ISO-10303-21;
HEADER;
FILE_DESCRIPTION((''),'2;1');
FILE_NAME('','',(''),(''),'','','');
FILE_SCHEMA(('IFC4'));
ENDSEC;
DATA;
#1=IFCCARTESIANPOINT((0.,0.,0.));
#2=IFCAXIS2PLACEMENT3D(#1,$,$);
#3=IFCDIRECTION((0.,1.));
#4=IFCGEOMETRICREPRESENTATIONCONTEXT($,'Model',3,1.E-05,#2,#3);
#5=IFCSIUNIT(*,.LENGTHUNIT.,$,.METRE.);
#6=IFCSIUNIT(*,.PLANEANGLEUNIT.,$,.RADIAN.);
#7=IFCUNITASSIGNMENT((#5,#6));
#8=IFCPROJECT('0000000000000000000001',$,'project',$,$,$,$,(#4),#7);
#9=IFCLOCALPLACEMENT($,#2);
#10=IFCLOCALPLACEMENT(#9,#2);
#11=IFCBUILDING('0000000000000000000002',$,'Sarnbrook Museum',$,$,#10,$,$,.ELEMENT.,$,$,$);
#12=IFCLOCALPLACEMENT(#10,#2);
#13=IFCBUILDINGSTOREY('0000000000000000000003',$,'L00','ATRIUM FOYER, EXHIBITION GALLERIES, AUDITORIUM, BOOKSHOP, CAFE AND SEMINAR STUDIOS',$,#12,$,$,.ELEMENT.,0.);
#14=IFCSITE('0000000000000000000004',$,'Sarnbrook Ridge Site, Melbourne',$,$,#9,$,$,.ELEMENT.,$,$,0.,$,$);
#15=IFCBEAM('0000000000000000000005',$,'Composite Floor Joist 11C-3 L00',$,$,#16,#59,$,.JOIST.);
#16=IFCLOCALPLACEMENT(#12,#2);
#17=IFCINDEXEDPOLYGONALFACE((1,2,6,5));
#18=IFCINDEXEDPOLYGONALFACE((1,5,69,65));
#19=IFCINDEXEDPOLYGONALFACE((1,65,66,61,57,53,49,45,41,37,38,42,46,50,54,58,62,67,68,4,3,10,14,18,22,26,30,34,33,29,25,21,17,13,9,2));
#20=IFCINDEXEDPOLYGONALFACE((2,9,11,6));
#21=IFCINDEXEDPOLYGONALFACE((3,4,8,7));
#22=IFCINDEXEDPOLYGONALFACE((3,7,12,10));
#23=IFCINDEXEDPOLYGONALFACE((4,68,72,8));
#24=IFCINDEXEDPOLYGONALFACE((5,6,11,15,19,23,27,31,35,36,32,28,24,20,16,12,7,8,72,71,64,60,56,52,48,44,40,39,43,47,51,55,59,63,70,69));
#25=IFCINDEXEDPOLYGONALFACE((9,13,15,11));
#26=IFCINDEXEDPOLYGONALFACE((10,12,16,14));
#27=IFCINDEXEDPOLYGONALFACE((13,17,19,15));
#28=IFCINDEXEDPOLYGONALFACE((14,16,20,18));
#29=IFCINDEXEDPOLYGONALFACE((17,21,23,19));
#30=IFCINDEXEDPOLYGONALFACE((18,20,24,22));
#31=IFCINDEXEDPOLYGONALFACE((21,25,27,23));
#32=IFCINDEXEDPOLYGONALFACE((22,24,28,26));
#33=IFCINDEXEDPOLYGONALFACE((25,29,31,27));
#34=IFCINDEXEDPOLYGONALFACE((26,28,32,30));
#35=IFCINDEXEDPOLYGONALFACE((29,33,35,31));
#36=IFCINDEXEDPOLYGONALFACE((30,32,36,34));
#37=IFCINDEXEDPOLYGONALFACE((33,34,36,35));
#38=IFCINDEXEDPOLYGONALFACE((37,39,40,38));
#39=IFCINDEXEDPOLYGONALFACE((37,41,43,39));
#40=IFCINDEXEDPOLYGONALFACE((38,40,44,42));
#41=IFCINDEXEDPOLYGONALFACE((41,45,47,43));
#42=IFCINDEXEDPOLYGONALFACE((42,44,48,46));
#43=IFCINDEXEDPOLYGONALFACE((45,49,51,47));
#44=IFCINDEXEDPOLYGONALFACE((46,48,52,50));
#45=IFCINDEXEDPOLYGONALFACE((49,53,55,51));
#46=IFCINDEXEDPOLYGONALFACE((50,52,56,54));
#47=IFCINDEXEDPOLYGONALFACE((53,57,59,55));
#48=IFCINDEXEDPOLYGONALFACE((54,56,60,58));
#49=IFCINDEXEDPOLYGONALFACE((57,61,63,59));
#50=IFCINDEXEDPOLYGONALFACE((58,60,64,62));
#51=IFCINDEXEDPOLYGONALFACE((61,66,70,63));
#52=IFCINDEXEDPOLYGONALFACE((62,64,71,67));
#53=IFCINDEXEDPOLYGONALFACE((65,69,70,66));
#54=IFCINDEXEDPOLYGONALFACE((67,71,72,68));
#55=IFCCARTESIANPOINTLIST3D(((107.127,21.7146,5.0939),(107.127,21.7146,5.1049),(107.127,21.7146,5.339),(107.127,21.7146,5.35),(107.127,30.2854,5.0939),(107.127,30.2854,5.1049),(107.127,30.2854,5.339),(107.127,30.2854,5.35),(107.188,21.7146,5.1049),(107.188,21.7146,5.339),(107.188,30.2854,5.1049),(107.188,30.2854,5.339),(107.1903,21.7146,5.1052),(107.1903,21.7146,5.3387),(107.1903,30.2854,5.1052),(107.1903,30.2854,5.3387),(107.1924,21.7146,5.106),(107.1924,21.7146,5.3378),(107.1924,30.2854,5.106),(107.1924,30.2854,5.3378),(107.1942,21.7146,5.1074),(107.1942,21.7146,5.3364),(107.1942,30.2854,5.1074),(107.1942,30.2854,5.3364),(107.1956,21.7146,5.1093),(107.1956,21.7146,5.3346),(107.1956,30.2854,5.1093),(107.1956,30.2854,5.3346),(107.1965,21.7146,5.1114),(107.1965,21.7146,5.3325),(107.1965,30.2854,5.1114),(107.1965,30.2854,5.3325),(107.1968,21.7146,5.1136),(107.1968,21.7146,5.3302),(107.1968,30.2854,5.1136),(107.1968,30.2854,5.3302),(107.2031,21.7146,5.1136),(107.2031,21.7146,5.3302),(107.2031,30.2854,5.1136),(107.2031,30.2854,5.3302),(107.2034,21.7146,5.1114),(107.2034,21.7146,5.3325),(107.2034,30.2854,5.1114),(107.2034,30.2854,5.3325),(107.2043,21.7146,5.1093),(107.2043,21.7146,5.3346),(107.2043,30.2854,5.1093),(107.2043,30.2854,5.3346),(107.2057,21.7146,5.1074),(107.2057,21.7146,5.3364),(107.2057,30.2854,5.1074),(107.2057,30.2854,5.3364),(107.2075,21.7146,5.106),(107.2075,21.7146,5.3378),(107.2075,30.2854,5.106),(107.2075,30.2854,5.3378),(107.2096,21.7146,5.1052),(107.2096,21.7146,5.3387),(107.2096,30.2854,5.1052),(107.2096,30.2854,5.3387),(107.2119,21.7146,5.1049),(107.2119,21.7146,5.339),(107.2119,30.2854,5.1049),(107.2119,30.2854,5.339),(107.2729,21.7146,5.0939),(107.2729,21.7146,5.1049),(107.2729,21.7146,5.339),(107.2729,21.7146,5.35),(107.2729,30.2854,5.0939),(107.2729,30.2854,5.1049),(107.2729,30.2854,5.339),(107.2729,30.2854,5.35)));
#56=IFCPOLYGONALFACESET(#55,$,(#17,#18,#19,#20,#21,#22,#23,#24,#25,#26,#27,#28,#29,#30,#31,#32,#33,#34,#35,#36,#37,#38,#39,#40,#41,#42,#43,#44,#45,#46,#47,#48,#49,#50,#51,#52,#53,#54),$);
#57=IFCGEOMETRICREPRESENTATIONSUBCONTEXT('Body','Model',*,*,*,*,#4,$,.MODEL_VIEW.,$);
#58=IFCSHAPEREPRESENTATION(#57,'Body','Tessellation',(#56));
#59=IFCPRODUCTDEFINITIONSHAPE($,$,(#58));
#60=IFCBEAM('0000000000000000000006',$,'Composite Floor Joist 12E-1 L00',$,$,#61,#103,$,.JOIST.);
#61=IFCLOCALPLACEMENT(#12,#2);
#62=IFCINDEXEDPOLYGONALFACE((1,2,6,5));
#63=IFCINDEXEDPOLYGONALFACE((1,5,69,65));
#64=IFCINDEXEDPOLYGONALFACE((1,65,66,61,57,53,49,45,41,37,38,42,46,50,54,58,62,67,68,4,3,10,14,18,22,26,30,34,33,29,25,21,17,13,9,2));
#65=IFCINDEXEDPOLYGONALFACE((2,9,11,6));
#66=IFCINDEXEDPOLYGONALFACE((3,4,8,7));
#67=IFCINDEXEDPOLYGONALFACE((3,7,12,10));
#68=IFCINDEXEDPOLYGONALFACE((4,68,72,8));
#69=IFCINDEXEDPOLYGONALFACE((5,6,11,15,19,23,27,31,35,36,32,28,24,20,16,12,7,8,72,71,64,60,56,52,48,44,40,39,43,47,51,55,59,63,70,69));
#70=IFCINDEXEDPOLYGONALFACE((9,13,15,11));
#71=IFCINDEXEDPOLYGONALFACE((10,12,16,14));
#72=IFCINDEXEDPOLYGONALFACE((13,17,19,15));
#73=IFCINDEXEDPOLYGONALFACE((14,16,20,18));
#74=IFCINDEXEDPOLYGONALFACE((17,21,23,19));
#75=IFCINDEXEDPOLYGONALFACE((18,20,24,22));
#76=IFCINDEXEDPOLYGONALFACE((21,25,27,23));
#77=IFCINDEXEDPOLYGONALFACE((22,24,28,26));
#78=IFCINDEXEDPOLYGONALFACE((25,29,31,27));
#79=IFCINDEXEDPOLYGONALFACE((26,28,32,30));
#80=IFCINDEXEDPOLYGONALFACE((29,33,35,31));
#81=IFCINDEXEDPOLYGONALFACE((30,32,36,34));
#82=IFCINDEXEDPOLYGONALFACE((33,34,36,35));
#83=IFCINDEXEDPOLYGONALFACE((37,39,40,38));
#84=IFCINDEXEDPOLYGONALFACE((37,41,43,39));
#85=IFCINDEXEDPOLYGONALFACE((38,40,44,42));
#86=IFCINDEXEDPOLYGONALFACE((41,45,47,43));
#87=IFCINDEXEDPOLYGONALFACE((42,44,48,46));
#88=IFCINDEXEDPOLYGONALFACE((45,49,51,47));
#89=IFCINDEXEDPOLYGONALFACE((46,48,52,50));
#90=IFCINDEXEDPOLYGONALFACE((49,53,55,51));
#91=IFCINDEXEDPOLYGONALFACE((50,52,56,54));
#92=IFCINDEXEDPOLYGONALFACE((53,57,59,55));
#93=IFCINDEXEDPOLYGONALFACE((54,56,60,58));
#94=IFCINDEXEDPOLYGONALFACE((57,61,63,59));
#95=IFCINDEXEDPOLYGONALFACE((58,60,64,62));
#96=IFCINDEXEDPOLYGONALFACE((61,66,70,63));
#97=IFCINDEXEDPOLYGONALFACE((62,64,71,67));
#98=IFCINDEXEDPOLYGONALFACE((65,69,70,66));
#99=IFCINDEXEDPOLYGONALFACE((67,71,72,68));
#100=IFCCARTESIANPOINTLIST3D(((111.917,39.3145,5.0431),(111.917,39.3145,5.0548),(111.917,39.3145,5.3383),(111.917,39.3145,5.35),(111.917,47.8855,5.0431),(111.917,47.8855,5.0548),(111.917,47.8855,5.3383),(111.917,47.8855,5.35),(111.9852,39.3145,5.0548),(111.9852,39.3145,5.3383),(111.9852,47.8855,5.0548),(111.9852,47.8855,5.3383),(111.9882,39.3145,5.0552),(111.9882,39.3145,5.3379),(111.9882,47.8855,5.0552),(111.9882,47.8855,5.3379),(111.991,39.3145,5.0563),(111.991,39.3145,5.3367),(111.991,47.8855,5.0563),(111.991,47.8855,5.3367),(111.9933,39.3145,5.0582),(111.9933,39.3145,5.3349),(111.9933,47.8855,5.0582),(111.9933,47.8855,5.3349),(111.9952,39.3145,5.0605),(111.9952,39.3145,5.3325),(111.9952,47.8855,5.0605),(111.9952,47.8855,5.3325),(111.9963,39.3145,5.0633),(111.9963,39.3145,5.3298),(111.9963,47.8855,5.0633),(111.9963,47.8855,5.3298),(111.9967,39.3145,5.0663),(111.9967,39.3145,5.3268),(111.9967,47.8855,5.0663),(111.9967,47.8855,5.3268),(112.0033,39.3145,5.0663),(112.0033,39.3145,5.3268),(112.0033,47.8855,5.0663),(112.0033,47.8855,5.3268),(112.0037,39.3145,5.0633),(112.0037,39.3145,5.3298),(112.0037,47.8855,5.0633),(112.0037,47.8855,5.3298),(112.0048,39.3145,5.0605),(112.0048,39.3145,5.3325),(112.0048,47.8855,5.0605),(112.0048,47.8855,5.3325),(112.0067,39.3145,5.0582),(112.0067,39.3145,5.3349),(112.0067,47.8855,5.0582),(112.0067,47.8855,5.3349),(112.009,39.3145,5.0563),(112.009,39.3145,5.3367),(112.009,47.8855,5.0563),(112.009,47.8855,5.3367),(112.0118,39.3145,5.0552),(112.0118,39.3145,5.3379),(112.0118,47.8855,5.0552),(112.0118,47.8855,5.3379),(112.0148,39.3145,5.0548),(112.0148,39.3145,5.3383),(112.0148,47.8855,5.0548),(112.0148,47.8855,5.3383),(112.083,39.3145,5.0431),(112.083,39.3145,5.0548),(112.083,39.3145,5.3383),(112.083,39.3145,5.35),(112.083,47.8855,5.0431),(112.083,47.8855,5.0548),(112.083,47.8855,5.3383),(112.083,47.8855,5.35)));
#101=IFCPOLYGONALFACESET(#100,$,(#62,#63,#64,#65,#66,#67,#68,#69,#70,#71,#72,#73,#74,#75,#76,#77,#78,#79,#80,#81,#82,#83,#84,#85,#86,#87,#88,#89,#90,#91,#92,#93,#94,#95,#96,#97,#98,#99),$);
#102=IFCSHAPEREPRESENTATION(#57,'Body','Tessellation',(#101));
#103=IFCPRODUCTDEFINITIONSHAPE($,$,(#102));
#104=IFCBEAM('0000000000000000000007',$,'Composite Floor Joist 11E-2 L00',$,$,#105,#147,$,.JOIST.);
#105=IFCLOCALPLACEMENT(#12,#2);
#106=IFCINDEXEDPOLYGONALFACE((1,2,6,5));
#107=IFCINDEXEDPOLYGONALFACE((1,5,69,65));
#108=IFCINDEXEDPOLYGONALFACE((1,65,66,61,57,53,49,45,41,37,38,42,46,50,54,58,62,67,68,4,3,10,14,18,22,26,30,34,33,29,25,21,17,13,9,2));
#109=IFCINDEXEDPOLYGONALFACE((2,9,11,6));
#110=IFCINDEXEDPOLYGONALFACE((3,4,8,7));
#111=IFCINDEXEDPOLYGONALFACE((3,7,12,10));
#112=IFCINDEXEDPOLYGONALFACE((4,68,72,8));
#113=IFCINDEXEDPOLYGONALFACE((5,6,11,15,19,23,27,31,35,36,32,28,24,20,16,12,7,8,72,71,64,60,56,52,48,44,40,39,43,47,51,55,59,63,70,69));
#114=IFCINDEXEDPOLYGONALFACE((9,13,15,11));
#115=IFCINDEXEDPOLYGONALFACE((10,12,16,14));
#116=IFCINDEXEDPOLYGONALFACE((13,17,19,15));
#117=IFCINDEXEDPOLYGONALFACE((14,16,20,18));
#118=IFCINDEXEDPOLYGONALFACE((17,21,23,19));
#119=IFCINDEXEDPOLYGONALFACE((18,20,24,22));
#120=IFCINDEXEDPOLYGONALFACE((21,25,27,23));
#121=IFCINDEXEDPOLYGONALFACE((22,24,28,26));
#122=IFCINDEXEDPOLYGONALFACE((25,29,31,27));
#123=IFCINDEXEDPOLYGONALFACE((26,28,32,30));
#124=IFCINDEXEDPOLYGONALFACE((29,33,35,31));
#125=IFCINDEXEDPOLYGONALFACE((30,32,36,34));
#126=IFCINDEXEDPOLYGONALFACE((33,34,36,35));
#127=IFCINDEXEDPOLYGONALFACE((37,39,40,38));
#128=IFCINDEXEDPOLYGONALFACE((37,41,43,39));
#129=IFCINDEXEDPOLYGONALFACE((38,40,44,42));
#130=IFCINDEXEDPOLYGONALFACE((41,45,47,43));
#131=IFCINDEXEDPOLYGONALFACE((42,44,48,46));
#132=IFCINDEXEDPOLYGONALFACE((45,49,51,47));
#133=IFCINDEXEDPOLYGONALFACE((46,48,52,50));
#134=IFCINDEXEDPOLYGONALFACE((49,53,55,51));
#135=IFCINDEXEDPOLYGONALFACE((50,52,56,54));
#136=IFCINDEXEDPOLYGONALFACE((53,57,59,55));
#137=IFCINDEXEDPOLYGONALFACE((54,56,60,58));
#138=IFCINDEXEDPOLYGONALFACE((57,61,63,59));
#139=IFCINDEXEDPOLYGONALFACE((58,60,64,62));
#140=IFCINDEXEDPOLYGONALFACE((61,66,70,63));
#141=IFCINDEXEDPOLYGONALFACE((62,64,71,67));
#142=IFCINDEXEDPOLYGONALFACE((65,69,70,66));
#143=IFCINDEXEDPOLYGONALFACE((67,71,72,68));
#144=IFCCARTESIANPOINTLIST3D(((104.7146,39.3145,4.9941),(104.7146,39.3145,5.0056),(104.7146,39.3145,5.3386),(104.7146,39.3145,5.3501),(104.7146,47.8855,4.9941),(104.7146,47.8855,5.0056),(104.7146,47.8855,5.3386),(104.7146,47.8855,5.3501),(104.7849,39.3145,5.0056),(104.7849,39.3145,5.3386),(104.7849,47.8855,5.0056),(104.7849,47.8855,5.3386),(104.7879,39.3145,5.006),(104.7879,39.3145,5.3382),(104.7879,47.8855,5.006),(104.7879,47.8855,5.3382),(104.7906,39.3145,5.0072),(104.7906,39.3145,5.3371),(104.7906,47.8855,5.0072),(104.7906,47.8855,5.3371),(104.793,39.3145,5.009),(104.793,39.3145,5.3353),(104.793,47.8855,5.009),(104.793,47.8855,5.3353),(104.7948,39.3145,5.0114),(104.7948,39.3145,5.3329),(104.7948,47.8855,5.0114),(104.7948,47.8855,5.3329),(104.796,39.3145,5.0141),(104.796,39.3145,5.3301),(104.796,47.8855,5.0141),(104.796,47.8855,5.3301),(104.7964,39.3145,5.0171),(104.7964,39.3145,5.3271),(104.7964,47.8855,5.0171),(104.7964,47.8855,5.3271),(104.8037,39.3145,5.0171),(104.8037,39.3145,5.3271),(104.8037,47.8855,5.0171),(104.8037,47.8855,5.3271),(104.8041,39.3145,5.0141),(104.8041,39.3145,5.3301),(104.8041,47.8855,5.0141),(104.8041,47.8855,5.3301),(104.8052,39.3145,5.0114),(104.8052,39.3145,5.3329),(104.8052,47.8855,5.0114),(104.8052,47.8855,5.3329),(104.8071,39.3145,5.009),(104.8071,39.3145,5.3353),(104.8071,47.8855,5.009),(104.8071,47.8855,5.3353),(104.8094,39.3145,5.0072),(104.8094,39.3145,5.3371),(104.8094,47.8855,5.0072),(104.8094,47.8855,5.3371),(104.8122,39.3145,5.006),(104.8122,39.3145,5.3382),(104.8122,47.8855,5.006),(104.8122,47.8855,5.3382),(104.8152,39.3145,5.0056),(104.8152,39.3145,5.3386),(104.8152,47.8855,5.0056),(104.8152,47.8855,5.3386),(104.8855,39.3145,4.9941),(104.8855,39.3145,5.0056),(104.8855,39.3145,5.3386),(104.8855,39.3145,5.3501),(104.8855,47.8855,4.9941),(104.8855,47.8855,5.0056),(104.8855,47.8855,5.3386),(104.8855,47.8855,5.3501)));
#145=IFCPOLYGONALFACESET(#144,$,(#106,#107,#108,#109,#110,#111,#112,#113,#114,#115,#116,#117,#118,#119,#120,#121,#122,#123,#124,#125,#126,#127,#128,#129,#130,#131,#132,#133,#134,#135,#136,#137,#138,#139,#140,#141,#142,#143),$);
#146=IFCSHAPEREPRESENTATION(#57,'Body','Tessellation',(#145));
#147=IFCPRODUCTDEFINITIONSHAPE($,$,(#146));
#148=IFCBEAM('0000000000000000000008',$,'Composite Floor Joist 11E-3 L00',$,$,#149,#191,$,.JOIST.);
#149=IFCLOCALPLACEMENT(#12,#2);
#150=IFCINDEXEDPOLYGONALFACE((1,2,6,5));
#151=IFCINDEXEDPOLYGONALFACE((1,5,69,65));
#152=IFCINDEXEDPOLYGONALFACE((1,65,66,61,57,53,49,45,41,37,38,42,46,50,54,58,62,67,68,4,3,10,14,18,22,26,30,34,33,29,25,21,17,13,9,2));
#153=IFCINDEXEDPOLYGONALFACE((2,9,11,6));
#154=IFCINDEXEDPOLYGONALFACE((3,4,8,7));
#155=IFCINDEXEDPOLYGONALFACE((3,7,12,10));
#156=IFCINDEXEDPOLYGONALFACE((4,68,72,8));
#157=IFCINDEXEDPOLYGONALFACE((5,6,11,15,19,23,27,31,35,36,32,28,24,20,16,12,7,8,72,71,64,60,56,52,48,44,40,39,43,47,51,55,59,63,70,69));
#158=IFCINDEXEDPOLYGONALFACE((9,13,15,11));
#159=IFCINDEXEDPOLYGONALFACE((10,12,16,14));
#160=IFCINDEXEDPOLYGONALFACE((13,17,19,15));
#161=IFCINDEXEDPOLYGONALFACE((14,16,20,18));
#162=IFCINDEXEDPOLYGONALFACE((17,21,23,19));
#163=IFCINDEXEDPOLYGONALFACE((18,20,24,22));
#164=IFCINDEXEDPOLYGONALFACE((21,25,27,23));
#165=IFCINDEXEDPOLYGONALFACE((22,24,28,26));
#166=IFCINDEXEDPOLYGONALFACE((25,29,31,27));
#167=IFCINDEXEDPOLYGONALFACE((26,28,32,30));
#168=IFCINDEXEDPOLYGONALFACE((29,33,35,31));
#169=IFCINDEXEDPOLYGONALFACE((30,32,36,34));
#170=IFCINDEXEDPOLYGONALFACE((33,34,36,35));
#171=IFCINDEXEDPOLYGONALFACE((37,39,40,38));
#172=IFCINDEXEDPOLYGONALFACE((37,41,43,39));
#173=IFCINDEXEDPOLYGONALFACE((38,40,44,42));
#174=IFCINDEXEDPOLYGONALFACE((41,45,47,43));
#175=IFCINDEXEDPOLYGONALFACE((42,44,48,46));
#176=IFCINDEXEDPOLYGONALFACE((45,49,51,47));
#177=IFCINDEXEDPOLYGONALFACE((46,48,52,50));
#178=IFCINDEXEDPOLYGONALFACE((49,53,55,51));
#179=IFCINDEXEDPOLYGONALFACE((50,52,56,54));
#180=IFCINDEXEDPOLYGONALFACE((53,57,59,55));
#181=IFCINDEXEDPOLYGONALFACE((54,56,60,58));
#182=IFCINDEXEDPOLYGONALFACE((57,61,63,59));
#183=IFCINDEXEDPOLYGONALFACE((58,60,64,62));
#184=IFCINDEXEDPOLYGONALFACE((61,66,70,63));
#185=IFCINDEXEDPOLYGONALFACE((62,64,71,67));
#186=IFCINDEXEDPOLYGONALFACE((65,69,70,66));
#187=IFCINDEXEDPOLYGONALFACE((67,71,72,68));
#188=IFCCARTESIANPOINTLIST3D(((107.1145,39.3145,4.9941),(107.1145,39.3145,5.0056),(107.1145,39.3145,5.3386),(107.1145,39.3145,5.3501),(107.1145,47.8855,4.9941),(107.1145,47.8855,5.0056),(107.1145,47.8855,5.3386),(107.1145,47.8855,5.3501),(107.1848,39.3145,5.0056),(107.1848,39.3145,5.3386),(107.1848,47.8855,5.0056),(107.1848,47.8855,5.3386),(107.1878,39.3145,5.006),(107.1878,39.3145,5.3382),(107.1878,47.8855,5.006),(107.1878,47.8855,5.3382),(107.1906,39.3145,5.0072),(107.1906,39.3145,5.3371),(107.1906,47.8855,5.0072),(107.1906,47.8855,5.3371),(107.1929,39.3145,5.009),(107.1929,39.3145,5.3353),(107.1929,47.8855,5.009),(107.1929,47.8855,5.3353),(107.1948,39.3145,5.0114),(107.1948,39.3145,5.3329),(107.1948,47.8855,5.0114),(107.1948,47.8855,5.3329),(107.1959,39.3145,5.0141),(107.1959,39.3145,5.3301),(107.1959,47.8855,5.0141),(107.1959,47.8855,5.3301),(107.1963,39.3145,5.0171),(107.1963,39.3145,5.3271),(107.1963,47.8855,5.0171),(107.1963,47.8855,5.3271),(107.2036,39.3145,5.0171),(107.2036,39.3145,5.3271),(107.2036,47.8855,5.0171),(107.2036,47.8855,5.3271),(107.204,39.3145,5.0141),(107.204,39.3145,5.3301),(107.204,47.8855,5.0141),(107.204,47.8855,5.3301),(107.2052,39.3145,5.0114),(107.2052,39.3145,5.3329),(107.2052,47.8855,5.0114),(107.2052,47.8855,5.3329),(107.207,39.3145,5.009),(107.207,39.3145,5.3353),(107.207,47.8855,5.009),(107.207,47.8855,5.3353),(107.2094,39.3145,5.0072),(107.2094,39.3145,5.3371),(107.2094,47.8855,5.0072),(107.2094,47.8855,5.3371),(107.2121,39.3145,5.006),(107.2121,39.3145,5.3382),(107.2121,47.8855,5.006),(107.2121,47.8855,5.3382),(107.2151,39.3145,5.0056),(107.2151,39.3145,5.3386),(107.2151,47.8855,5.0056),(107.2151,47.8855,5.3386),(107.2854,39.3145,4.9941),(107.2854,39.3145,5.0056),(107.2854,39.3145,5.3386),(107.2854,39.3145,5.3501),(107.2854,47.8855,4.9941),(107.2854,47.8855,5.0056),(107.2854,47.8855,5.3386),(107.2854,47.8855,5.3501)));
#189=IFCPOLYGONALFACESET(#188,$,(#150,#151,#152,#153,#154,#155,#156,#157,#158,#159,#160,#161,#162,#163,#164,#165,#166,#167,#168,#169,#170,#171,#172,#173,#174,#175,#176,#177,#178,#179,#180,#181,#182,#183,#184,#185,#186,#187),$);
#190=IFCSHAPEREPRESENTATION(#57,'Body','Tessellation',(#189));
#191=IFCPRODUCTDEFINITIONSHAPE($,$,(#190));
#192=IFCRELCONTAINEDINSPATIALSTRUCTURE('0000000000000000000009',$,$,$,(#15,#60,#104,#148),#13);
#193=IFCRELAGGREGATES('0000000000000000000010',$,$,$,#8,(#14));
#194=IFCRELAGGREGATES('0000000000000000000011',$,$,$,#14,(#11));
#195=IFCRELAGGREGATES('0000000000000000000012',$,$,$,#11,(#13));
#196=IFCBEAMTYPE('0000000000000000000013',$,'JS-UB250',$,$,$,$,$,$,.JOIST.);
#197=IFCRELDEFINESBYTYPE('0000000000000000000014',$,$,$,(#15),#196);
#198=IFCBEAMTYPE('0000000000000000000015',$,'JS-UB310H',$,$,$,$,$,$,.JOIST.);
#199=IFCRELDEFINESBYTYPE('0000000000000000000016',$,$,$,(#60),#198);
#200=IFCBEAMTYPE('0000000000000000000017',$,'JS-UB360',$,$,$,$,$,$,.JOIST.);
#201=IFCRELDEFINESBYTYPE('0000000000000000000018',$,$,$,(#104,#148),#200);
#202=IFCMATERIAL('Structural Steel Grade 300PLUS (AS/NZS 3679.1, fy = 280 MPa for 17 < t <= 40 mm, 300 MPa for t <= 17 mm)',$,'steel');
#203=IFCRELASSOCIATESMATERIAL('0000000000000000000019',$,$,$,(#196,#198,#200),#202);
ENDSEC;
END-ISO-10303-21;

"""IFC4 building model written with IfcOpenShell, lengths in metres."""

from ifc_helpers import new_model, si_unit, direction, frame, origin, origin_2d, place, context, subcontext, project, spatial, i_section, extrude, material, material_profile, profile_set, type_object, element, save


model = new_model("IFC4")

# Units and contexts
model_context = context("Model", 3, precision=1e-05, world=origin(), true_north=direction((0.0, 1.0)))
body_context = subcontext(model_context, "Body", "Model", "MODEL_VIEW")
ifc_project = project(units=[si_unit("LENGTHUNIT", "METRE"), si_unit("PLANEANGLEUNIT", "RADIAN")], contexts=[model_context])

# Site, building, storey
site_placement = place(None, origin())
site = spatial("IfcSite", under=ifc_project, at=site_placement, Name="Sarnbrook Ridge Site, Melbourne", CompositionType="ELEMENT", RefElevation=0.0)
building_placement = place(site_placement, origin())
building = spatial("IfcBuilding", under=site, at=building_placement, Name="Sarnbrook Museum", CompositionType="ELEMENT")
storey_placement = place(building_placement, origin())
storey = spatial("IfcBuildingStorey", under=building, at=storey_placement, Name="L00", Description="ATRIUM FOYER, EXHIBITION GALLERIES, AUDITORIUM, BOOKSHOP, CAFE AND SEMINAR STUDIOS", CompositionType="ELEMENT", Elevation=0.0)

# Shared definitions
ifc_material_1 = material(Name="Structural Steel Grade 300PLUS (AS/NZS 3679.1, fy = 280 MPa for 17 < t <= 40 mm, 300 MPa for t <= 17 mm)", Category="steel")

# Beams
ifc_material_profile_1 = material_profile(ifc_material_1, i_section(OverallWidth=0.146, OverallDepth=0.2561, WebThickness=0.0063, FlangeThickness=0.011, FilletRadius=0.0088, at=origin_2d()), Name="250UB37.3")
ifc_profile_set_1 = profile_set([ifc_material_profile_1], Name="Structural Steel Grade 300PLUS (AS/NZS 3679.1, fy = 280 MPa for 17 < t <= 40 mm, 300 MPa for t <= 17 mm)")
beam_type_1 = type_object("IfcBeamType", Name="JS-UB250", PredefinedType="JOIST", material=ifc_profile_set_1)
beam_1_placement = place(storey_placement, frame((107.2, 21.7146, 5.2219), z_axis=(0.0, 1.0, 0.0), x_axis=(-1.0, 0.0, 0.0)))
element("IfcBeam", 1, at=beam_1_placement, inside=storey, type_object=beam_type_1, Name="Composite Floor Joist 11C-3 L00", PredefinedType="JOIST", context=body_context, shape_type="SweptSolid", body=[
    extrude(i_section(OverallWidth=0.146, OverallDepth=0.2561, WebThickness=0.0063, FlangeThickness=0.011, FilletRadius=0.0088, at=origin_2d()), origin(), (0.0, 0.0, 1.0), 8.5708),
])
ifc_material_profile_2 = material_profile(ifc_material_1, i_section(OverallWidth=0.166, OverallDepth=0.3069, WebThickness=0.0066, FlangeThickness=0.0117, FilletRadius=0.0115, at=origin_2d()), Name="310UB46.2")
ifc_profile_set_2 = profile_set([ifc_material_profile_2], Name="Structural Steel Grade 300PLUS (AS/NZS 3679.1, fy = 280 MPa for 17 < t <= 40 mm, 300 MPa for t <= 17 mm)")
beam_type_2 = type_object("IfcBeamType", Name="JS-UB310H", PredefinedType="JOIST", material=ifc_profile_set_2)
beam_2_placement = place(storey_placement, frame((112.0, 39.3145, 5.1965), z_axis=(0.0, 1.0, 0.0), x_axis=(-1.0, 0.0, 0.0)))
element("IfcBeam", 2, at=beam_2_placement, inside=storey, type_object=beam_type_2, Name="Composite Floor Joist 12E-1 L00", PredefinedType="JOIST", context=body_context, shape_type="SweptSolid", body=[
    extrude(i_section(OverallWidth=0.166, OverallDepth=0.3069, WebThickness=0.0066, FlangeThickness=0.0117, FilletRadius=0.0115, at=origin_2d()), origin(), (0.0, 0.0, 1.0), 8.571),
])
ifc_material_profile_3 = material_profile(ifc_material_1, i_section(OverallWidth=0.1709, OverallDepth=0.356, WebThickness=0.0073, FlangeThickness=0.0115, FilletRadius=0.0115, at=origin_2d()), Name="360UB50.7")
ifc_profile_set_3 = profile_set([ifc_material_profile_3], Name="Structural Steel Grade 300PLUS (AS/NZS 3679.1, fy = 280 MPa for 17 < t <= 40 mm, 300 MPa for t <= 17 mm)")
beam_type_3 = type_object("IfcBeamType", Name="JS-UB360", PredefinedType="JOIST", material=ifc_profile_set_3)
for number, where, z_axis, x_axis, name in (
    (3, (104.8, 39.3145, 5.1721), (0.0, 1.0, 0.0), (-1.0, 0.0, 0.0), "Composite Floor Joist 11E-2 L00"),
    (4, (107.2, 39.3145, 5.1721), (0.0, 1.0, 0.0), (-1.0, 0.0, 0.0), "Composite Floor Joist 11E-3 L00"),
):
    element("IfcBeam", number, at=place(storey_placement, frame(where, z_axis=z_axis, x_axis=x_axis)), inside=storey, type_object=beam_type_3, Name=name, PredefinedType="JOIST", context=body_context, shape_type="SweptSolid", body=[
        extrude(i_section(OverallWidth=0.1709, OverallDepth=0.356, WebThickness=0.0073, FlangeThickness=0.0115, FilletRadius=0.0115, at=origin_2d()), origin(), (0.0, 0.0, 1.0), 8.571),
    ])

save(model, "model.ifc")
